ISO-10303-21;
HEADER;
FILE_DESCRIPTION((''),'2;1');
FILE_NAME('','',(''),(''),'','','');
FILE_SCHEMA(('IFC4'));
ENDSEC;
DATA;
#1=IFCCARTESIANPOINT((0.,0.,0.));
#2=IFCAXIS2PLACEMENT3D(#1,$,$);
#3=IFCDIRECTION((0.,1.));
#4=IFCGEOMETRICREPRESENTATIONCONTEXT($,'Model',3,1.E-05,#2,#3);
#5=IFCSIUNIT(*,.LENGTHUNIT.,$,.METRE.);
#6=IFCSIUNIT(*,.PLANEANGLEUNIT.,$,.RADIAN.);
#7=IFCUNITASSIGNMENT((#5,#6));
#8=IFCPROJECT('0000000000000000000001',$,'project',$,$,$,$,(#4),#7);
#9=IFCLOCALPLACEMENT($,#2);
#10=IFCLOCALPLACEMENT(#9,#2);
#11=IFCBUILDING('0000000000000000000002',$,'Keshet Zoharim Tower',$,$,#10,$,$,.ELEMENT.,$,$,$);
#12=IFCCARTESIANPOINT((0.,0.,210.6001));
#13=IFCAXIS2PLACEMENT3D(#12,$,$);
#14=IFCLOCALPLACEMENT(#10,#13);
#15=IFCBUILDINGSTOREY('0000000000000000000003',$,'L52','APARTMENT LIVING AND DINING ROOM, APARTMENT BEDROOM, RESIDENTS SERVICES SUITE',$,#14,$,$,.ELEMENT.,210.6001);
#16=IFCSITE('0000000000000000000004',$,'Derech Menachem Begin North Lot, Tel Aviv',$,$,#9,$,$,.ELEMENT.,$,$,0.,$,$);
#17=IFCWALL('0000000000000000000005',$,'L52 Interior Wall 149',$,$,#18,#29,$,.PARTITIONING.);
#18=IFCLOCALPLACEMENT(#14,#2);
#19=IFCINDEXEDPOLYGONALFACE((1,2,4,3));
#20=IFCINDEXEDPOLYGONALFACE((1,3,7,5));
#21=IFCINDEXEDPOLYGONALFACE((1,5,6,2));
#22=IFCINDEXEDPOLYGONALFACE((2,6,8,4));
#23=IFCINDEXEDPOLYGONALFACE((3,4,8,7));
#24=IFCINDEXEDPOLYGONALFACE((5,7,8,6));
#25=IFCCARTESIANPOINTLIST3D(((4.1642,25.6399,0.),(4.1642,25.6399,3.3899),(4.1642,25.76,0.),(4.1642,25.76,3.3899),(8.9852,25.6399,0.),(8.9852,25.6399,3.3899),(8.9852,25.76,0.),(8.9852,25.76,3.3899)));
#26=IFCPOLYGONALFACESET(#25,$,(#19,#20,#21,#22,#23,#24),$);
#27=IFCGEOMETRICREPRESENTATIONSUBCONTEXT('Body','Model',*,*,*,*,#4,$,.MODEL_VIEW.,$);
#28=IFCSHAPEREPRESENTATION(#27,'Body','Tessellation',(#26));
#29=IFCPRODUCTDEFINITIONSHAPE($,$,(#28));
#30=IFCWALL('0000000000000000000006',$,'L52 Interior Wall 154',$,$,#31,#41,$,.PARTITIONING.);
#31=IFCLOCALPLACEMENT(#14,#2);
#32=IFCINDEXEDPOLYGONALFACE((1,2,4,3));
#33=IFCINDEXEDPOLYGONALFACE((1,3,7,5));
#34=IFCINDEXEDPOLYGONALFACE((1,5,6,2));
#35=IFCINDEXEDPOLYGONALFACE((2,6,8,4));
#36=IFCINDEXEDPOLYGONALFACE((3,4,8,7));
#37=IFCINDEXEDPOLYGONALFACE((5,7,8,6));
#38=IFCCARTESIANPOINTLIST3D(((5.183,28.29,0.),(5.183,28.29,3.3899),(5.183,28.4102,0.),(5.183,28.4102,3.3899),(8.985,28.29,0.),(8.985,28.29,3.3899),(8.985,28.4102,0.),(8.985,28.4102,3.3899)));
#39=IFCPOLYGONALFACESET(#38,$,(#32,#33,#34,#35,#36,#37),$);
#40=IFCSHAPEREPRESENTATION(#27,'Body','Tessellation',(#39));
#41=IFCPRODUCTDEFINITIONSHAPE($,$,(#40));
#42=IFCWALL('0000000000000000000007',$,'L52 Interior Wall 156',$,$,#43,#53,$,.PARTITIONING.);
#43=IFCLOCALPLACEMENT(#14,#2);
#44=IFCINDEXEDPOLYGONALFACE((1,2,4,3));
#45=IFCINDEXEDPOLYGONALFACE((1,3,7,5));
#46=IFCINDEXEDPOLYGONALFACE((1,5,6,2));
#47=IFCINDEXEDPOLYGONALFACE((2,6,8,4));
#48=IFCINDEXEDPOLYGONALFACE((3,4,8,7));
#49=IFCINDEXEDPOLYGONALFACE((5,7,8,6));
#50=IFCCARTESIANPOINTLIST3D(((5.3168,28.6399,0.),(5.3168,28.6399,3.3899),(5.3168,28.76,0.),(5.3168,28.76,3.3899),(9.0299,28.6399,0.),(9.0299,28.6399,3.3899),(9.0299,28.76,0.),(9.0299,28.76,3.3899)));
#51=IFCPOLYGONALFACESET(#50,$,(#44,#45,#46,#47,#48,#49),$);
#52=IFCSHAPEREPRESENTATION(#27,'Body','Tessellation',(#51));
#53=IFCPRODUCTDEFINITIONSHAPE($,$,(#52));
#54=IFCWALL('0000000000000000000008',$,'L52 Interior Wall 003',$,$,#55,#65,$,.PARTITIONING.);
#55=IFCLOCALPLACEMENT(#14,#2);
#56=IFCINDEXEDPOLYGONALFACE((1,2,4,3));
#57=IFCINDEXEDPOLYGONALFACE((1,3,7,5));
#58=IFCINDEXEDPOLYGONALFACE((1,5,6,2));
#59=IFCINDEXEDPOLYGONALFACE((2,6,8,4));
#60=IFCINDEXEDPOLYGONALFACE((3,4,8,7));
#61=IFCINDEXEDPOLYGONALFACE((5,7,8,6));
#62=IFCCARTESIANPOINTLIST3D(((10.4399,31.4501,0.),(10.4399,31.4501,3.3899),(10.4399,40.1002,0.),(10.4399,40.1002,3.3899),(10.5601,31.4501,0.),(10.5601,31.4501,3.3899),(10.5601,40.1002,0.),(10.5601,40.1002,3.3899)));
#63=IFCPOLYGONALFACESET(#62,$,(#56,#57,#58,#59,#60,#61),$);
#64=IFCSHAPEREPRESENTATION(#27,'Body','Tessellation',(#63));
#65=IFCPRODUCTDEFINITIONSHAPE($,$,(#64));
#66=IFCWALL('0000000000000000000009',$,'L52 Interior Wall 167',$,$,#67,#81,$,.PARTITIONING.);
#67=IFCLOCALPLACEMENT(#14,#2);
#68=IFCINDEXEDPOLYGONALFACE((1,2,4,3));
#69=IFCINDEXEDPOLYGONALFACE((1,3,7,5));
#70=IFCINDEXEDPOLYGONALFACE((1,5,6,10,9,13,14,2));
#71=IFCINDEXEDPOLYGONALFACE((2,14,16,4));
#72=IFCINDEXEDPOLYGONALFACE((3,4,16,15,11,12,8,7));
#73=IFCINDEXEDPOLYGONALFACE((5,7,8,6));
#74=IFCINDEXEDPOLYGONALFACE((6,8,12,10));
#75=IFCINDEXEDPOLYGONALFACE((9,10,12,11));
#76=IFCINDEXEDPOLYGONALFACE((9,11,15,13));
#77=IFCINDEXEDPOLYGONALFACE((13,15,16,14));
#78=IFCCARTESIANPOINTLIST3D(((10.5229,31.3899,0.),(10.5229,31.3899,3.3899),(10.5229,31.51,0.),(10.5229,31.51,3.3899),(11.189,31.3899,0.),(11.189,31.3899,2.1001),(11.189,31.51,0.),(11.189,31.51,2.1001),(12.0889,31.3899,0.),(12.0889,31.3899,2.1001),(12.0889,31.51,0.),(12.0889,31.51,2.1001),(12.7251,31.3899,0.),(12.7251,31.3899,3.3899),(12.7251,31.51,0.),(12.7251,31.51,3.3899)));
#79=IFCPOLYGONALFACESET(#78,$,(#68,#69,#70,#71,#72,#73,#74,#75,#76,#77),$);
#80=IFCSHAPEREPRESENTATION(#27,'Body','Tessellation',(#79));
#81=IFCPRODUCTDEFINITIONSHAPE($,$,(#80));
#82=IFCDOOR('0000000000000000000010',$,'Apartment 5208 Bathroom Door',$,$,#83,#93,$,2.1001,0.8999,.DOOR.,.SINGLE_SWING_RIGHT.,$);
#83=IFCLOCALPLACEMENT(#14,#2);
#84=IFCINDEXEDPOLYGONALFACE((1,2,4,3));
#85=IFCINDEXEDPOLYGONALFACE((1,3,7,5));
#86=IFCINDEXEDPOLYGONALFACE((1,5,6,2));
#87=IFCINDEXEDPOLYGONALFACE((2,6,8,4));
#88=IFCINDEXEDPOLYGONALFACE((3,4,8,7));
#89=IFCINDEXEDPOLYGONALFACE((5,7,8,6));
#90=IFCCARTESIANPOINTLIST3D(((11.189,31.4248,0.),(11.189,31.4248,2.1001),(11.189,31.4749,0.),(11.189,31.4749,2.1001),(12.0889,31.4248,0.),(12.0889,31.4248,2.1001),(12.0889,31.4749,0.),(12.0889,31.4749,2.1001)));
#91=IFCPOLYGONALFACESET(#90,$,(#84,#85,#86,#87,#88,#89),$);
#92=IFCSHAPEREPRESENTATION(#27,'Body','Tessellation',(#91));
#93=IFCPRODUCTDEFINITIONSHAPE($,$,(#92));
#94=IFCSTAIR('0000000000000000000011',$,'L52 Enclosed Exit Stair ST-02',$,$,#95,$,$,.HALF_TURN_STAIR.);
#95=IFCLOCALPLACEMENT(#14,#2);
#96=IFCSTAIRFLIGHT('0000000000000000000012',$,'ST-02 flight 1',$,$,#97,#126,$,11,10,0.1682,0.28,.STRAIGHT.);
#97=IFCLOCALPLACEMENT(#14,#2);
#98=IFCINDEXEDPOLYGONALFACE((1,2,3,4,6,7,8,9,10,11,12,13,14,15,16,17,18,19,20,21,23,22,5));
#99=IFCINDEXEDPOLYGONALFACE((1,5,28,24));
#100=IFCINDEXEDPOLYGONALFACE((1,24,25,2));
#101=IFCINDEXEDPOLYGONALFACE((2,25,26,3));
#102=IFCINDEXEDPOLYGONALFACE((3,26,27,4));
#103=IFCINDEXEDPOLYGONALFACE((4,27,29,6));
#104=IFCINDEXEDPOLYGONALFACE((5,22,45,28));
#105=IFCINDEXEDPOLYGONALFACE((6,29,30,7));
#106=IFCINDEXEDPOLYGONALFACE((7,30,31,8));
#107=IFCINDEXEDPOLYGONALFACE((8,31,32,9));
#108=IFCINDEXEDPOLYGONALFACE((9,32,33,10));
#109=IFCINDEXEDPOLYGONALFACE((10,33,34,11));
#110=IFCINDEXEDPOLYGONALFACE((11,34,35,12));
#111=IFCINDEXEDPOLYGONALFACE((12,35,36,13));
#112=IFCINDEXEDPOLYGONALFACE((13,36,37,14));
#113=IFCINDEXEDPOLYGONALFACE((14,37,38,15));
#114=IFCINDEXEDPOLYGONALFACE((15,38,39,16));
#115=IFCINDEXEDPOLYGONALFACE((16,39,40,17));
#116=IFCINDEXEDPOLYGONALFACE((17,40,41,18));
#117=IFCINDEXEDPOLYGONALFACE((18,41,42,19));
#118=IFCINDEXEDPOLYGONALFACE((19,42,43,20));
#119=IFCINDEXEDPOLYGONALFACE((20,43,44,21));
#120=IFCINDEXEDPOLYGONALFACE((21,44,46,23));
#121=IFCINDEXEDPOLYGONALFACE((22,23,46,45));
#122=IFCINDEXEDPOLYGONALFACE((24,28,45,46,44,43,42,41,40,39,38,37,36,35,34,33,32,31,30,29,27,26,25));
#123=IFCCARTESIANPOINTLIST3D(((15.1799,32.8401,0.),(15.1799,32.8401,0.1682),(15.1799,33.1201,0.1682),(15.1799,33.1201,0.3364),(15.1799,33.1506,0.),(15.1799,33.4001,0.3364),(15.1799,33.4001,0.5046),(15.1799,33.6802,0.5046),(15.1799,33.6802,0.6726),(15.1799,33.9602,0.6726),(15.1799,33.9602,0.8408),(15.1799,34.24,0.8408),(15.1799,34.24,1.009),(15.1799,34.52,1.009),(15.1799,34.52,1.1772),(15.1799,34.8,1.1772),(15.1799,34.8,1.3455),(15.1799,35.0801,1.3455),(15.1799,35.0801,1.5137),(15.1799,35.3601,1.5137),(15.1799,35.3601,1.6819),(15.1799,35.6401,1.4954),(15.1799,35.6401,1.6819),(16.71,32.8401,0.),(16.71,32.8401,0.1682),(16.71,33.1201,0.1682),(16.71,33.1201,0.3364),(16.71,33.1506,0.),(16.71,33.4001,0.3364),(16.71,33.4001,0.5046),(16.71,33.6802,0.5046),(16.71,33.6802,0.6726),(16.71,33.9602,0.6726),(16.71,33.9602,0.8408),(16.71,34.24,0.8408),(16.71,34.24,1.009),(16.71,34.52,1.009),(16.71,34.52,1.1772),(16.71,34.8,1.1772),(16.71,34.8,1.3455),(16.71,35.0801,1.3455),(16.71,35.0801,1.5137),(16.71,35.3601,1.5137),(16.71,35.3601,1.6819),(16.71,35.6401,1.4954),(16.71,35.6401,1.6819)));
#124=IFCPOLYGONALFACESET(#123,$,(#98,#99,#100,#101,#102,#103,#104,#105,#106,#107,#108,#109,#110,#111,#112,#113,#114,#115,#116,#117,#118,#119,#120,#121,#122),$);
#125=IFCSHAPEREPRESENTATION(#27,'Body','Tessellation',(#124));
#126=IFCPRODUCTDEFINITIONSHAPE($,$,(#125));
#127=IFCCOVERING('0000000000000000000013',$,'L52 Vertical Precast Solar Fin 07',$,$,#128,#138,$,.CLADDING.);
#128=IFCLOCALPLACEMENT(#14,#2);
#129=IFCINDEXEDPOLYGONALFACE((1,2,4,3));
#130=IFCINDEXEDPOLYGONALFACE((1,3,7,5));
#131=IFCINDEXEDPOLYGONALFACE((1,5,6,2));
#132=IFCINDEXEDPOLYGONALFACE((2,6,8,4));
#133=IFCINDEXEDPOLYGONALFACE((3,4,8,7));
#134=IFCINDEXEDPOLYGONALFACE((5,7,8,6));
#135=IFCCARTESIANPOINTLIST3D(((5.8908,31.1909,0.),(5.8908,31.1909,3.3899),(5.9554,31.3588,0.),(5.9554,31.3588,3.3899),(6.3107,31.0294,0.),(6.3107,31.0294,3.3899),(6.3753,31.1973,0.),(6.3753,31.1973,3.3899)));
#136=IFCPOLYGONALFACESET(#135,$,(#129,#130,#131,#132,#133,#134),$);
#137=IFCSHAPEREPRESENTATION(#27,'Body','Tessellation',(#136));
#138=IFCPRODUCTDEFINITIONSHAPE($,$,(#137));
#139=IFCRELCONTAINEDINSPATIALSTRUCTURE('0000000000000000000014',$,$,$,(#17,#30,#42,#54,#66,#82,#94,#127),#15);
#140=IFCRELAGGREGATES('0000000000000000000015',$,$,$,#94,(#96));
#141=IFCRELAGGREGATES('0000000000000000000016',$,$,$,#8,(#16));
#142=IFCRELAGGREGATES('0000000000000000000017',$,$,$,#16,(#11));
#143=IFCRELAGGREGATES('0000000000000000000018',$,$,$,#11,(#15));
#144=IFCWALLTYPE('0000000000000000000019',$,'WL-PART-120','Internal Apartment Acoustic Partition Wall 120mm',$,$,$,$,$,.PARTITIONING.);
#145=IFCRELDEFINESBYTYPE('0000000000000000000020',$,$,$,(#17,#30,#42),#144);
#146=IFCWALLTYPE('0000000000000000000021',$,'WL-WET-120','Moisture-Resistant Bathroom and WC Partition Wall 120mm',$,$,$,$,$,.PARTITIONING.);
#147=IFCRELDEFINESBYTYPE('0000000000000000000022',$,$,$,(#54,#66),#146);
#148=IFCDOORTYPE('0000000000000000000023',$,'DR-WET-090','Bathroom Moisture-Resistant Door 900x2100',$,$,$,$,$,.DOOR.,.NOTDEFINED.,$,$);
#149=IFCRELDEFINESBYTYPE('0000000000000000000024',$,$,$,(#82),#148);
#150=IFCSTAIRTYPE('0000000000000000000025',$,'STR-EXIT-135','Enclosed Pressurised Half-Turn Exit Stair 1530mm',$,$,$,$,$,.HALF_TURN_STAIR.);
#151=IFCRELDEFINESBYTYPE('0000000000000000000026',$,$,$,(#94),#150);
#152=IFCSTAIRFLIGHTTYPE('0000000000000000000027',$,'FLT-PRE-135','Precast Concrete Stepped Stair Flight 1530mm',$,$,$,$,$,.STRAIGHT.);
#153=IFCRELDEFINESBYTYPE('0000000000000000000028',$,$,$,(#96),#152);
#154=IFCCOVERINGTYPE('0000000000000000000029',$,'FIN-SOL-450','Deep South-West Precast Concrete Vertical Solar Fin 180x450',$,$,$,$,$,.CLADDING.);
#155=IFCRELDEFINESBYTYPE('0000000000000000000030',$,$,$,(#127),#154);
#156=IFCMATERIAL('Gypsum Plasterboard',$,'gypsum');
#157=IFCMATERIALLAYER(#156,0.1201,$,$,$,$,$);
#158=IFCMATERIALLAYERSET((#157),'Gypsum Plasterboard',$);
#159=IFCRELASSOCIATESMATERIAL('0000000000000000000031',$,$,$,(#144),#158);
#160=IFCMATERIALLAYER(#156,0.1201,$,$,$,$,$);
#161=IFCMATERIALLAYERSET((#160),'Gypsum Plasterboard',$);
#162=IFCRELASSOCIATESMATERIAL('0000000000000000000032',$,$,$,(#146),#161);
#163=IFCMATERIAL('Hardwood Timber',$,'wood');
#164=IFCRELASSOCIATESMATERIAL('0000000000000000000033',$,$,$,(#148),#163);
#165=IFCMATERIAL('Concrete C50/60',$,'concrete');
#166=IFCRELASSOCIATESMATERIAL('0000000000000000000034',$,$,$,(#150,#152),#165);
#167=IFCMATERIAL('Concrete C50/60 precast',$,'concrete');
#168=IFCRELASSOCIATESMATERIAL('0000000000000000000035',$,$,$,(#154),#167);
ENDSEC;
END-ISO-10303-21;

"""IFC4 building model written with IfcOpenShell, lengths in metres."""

from ifc_helpers import new_model, si_unit, direction, frame, frame_2d, origin, origin_2d, place, context, subcontext, project, spatial, polyline, rectangle, outline, extrude, material, layer, layer_set, type_object, element, fill, aggregate, save


model = new_model("IFC4")

# Units and contexts
model_context = context("Model", 3, precision=1e-05, world=origin(), true_north=direction((0.0, 1.0)))
body_context = subcontext(model_context, "Body", "Model", "MODEL_VIEW")
ifc_project = project(units=[si_unit("LENGTHUNIT", "METRE"), si_unit("PLANEANGLEUNIT", "RADIAN")], contexts=[model_context])

# Site, building, storey
site_placement = place(None, origin())
site = spatial("IfcSite", under=ifc_project, at=site_placement, Name="Derech Menachem Begin North Lot, Tel Aviv", CompositionType="ELEMENT", RefElevation=0.0)
building_placement = place(site_placement, origin())
building = spatial("IfcBuilding", under=site, at=building_placement, Name="Keshet Zoharim Tower", CompositionType="ELEMENT")
storey_placement = place(building_placement, frame((0.0, 0.0, 210.6001)))
storey = spatial("IfcBuildingStorey", under=building, at=storey_placement, Name="L52", Description="APARTMENT LIVING AND DINING ROOM, APARTMENT BEDROOM, RESIDENTS SERVICES SUITE", CompositionType="ELEMENT", Elevation=210.6001)

# Shared definitions
ifc_material_1 = material(Name="Hardwood Timber", Category="wood")

# Shared definitions
ifc_material_2 = material(Name="Gypsum Plasterboard", Category="gypsum")

# Shared definitions
ifc_layer_1 = layer(ifc_material_2, 0.1201)
ifc_layer_set_1 = layer_set([ifc_layer_1], Name="Gypsum Plasterboard")
wall_type_1 = type_object("IfcWallType", Name="WL-PART-120", Description="Internal Apartment Acoustic Partition Wall 120mm", PredefinedType="PARTITIONING", material=ifc_layer_set_1)

# Walls
wall_1_placement = place(storey_placement, frame((4.1641, 25.7, 0.0), z_axis=(0.0, 0.0, 1.0), x_axis=(1.0, 0.0, 0.0)))
element("IfcWall", 1, at=wall_1_placement, inside=storey, type_object=wall_type_1, Name="L52 Interior Wall 149", PredefinedType="PARTITIONING", context=body_context, shape_type="SweptSolid", body=[
    extrude(rectangle(XDim=4.821, YDim=0.1201, at=frame_2d((2.4106, 0.0))), origin(), (0.0, 0.0, 1.0), 3.3899),
])
wall_2_placement = place(storey_placement, frame((5.1831, 28.3501, 0.0), z_axis=(0.0, 0.0, 1.0), x_axis=(1.0, 0.0, 0.0)))
element("IfcWall", 2, at=wall_2_placement, inside=storey, type_object=wall_type_1, Name="L52 Interior Wall 154", PredefinedType="PARTITIONING", context=body_context, shape_type="SweptSolid", body=[
    extrude(rectangle(XDim=3.802, YDim=0.1201, at=frame_2d((1.9009, 0.0))), origin(), (0.0, 0.0, 1.0), 3.3899),
])
wall_3_placement = place(storey_placement, frame((5.3169, 28.7, 0.0), z_axis=(0.0, 0.0, 1.0), x_axis=(1.0, 0.0, 0.0)))
element("IfcWall", 3, at=wall_3_placement, inside=storey, type_object=wall_type_1, Name="L52 Interior Wall 156", PredefinedType="PARTITIONING", context=body_context, shape_type="SweptSolid", body=[
    extrude(rectangle(XDim=3.7131, YDim=0.1201, at=frame_2d((1.8564, 0.0))), origin(), (0.0, 0.0, 1.0), 3.3899),
])

# Wall
ifc_layer_2 = layer(ifc_material_2, 0.1201)
ifc_layer_set_2 = layer_set([ifc_layer_2], Name="Gypsum Plasterboard")
wall_type_2 = type_object("IfcWallType", Name="WL-WET-120", Description="Moisture-Resistant Bathroom and WC Partition Wall 120mm", PredefinedType="PARTITIONING", material=ifc_layer_set_2)
wall_4_placement = place(storey_placement, frame((10.5, 31.45, 0.0), z_axis=(0.0, 0.0, 1.0), x_axis=(0.0, 1.0, 0.0)))
element("IfcWall", 4, at=wall_4_placement, inside=storey, type_object=wall_type_2, Name="L52 Interior Wall 003", PredefinedType="PARTITIONING", context=body_context, shape_type="SweptSolid", body=[
    extrude(rectangle(XDim=8.6501, YDim=0.1201, at=frame_2d((4.3252, 0.0))), origin(), (0.0, 0.0, 1.0), 3.3899),
])

# Wall, opening, door
wall_5_placement = place(storey_placement, frame((10.5229, 31.45, 0.0), z_axis=(0.0, 0.0, 1.0), x_axis=(1.0, 0.0, 0.0)))
wall_5 = element("IfcWall", 5, at=wall_5_placement, inside=storey, type_object=wall_type_2, Name="L52 Interior Wall 167", PredefinedType="PARTITIONING", context=body_context, shape_type="SweptSolid", body=[
    extrude(rectangle(XDim=2.2021, YDim=0.1201, at=frame_2d((1.1011, 0.0))), origin(), (0.0, 0.0, 1.0), 3.3899),
])
opening_1_placement = place(wall_5_placement, frame((0.666, 0.0, 0.0)))
opening_1 = element("IfcOpeningElement", 6, at=opening_1_placement, cuts=wall_5, PredefinedType="OPENING", context=body_context, shape_type="SweptSolid", body=[
    extrude(rectangle(XDim=0.8999, YDim=2.1001, at=frame_2d((0.45, 1.05))), frame((0.0, 0.0701, 0.0), z_axis=(0.0, -1.0, 0.0), x_axis=(1.0, 0.0, 0.0)), (0.0, 0.0, 1.0), 0.1401),
])
door_type_1 = type_object("IfcDoorType", Name="DR-WET-090", Description="Bathroom Moisture-Resistant Door 900x2100", OperationType="NOTDEFINED", PredefinedType="DOOR", material=ifc_material_1)
door_1_placement = place(opening_1_placement, origin())
door_1 = element("IfcDoor", 7, at=door_1_placement, inside=storey, type_object=door_type_1, Name="Apartment 5208 Bathroom Door", OperationType="SINGLE_SWING_RIGHT", OverallHeight=2.1001, OverallWidth=0.8999, PredefinedType="DOOR", context=body_context, shape_type="SweptSolid", body=[
    extrude(rectangle(XDim=0.8999, YDim=2.1001, at=frame_2d((0.45, 1.05))), frame((0.0, 0.0249, 0.0), z_axis=(0.0, -1.0, 0.0), x_axis=(1.0, 0.0, 0.0)), (0.0, 0.0, 1.0), 0.05),
])
fill(opening_1, door_1)

# Stair, stair flight
ifc_material_3 = material(Name="Concrete C50/60", Category="concrete")
stair_type = type_object("IfcStairType", Name="STR-EXIT-135", Description="Enclosed Pressurised Half-Turn Exit Stair 1530mm", PredefinedType="HALF_TURN_STAIR", material=ifc_material_3)
stair_placement = place(storey_placement, origin())
stair = element("IfcStair", 8, at=stair_placement, inside=storey, type_object=stair_type, Name="L52 Enclosed Exit Stair ST-02", PredefinedType="HALF_TURN_STAIR")
stair_flight_type = type_object("IfcStairFlightType", Name="FLT-PRE-135", Description="Precast Concrete Stepped Stair Flight 1530mm", PredefinedType="STRAIGHT", material=ifc_material_3)
stair_flight_placement = place(storey_placement, frame((15.9451, 32.8401, 0.0), z_axis=(0.0, 0.0, 1.0), x_axis=(0.0, 1.0, 0.0)))
stair_flight = element("IfcStairFlight", 9, at=stair_flight_placement, type_object=stair_flight_type, Name="ST-02 flight 1", NumberOfRisers=11, NumberOfTreads=10, PredefinedType="STRAIGHT", RiserHeight=0.1682, TreadLength=0.28, context=body_context, shape_type="SweptSolid", body=[
    extrude(outline(polyline([(0.0, 0.0), (0.0, 0.1682), (0.28, 0.1682), (0.28, 0.3364), (0.5601, 0.3364), (0.5601, 0.5046), (0.8401, 0.5046), (0.8401, 0.6726), (1.1201, 0.6726), (1.1201, 0.8408), (1.3999, 0.8408), (1.3999, 1.009), (1.6799, 1.009), (1.6799, 1.1772), (1.96, 1.1772), (1.96, 1.3455), (2.24, 1.3455), (2.24, 1.5137), (2.52, 1.5137), (2.52, 1.6819), (2.8, 1.6819), (2.8, 1.8501), (2.8, 1.4954), (0.3105, 0.0), (0.0, 0.0)])), frame((0.0, 0.7651, 0.0), z_axis=(0.0, -1.0, 0.0), x_axis=(1.0, 0.0, 0.0)), (0.0, 0.0, 1.0), 1.53),
])
aggregate(stair, [stair_flight])

# Covering
ifc_material_4 = material(Name="Concrete C50/60 precast", Category="concrete")
covering_type = type_object("IfcCoveringType", Name="FIN-SOL-450", Description="Deep South-West Precast Concrete Vertical Solar Fin 180x450", PredefinedType="CLADDING", material=ifc_material_4)
covering_placement = place(storey_placement, frame((6.1331, 31.1941, 0.0), z_axis=(0.0, 0.0, 1.0), x_axis=(0.35899, 0.933341, 0.0)))
element("IfcCovering", 10, at=covering_placement, inside=storey, type_object=covering_type, Name="L52 Vertical Precast Solar Fin 07", PredefinedType="CLADDING", context=body_context, shape_type="SweptSolid", body=[
    extrude(rectangle(XDim=0.1799, YDim=0.45, at=origin_2d()), origin(), (0.0, 0.0, 1.0), 3.3899),
])

save(model, "model.ifc")
